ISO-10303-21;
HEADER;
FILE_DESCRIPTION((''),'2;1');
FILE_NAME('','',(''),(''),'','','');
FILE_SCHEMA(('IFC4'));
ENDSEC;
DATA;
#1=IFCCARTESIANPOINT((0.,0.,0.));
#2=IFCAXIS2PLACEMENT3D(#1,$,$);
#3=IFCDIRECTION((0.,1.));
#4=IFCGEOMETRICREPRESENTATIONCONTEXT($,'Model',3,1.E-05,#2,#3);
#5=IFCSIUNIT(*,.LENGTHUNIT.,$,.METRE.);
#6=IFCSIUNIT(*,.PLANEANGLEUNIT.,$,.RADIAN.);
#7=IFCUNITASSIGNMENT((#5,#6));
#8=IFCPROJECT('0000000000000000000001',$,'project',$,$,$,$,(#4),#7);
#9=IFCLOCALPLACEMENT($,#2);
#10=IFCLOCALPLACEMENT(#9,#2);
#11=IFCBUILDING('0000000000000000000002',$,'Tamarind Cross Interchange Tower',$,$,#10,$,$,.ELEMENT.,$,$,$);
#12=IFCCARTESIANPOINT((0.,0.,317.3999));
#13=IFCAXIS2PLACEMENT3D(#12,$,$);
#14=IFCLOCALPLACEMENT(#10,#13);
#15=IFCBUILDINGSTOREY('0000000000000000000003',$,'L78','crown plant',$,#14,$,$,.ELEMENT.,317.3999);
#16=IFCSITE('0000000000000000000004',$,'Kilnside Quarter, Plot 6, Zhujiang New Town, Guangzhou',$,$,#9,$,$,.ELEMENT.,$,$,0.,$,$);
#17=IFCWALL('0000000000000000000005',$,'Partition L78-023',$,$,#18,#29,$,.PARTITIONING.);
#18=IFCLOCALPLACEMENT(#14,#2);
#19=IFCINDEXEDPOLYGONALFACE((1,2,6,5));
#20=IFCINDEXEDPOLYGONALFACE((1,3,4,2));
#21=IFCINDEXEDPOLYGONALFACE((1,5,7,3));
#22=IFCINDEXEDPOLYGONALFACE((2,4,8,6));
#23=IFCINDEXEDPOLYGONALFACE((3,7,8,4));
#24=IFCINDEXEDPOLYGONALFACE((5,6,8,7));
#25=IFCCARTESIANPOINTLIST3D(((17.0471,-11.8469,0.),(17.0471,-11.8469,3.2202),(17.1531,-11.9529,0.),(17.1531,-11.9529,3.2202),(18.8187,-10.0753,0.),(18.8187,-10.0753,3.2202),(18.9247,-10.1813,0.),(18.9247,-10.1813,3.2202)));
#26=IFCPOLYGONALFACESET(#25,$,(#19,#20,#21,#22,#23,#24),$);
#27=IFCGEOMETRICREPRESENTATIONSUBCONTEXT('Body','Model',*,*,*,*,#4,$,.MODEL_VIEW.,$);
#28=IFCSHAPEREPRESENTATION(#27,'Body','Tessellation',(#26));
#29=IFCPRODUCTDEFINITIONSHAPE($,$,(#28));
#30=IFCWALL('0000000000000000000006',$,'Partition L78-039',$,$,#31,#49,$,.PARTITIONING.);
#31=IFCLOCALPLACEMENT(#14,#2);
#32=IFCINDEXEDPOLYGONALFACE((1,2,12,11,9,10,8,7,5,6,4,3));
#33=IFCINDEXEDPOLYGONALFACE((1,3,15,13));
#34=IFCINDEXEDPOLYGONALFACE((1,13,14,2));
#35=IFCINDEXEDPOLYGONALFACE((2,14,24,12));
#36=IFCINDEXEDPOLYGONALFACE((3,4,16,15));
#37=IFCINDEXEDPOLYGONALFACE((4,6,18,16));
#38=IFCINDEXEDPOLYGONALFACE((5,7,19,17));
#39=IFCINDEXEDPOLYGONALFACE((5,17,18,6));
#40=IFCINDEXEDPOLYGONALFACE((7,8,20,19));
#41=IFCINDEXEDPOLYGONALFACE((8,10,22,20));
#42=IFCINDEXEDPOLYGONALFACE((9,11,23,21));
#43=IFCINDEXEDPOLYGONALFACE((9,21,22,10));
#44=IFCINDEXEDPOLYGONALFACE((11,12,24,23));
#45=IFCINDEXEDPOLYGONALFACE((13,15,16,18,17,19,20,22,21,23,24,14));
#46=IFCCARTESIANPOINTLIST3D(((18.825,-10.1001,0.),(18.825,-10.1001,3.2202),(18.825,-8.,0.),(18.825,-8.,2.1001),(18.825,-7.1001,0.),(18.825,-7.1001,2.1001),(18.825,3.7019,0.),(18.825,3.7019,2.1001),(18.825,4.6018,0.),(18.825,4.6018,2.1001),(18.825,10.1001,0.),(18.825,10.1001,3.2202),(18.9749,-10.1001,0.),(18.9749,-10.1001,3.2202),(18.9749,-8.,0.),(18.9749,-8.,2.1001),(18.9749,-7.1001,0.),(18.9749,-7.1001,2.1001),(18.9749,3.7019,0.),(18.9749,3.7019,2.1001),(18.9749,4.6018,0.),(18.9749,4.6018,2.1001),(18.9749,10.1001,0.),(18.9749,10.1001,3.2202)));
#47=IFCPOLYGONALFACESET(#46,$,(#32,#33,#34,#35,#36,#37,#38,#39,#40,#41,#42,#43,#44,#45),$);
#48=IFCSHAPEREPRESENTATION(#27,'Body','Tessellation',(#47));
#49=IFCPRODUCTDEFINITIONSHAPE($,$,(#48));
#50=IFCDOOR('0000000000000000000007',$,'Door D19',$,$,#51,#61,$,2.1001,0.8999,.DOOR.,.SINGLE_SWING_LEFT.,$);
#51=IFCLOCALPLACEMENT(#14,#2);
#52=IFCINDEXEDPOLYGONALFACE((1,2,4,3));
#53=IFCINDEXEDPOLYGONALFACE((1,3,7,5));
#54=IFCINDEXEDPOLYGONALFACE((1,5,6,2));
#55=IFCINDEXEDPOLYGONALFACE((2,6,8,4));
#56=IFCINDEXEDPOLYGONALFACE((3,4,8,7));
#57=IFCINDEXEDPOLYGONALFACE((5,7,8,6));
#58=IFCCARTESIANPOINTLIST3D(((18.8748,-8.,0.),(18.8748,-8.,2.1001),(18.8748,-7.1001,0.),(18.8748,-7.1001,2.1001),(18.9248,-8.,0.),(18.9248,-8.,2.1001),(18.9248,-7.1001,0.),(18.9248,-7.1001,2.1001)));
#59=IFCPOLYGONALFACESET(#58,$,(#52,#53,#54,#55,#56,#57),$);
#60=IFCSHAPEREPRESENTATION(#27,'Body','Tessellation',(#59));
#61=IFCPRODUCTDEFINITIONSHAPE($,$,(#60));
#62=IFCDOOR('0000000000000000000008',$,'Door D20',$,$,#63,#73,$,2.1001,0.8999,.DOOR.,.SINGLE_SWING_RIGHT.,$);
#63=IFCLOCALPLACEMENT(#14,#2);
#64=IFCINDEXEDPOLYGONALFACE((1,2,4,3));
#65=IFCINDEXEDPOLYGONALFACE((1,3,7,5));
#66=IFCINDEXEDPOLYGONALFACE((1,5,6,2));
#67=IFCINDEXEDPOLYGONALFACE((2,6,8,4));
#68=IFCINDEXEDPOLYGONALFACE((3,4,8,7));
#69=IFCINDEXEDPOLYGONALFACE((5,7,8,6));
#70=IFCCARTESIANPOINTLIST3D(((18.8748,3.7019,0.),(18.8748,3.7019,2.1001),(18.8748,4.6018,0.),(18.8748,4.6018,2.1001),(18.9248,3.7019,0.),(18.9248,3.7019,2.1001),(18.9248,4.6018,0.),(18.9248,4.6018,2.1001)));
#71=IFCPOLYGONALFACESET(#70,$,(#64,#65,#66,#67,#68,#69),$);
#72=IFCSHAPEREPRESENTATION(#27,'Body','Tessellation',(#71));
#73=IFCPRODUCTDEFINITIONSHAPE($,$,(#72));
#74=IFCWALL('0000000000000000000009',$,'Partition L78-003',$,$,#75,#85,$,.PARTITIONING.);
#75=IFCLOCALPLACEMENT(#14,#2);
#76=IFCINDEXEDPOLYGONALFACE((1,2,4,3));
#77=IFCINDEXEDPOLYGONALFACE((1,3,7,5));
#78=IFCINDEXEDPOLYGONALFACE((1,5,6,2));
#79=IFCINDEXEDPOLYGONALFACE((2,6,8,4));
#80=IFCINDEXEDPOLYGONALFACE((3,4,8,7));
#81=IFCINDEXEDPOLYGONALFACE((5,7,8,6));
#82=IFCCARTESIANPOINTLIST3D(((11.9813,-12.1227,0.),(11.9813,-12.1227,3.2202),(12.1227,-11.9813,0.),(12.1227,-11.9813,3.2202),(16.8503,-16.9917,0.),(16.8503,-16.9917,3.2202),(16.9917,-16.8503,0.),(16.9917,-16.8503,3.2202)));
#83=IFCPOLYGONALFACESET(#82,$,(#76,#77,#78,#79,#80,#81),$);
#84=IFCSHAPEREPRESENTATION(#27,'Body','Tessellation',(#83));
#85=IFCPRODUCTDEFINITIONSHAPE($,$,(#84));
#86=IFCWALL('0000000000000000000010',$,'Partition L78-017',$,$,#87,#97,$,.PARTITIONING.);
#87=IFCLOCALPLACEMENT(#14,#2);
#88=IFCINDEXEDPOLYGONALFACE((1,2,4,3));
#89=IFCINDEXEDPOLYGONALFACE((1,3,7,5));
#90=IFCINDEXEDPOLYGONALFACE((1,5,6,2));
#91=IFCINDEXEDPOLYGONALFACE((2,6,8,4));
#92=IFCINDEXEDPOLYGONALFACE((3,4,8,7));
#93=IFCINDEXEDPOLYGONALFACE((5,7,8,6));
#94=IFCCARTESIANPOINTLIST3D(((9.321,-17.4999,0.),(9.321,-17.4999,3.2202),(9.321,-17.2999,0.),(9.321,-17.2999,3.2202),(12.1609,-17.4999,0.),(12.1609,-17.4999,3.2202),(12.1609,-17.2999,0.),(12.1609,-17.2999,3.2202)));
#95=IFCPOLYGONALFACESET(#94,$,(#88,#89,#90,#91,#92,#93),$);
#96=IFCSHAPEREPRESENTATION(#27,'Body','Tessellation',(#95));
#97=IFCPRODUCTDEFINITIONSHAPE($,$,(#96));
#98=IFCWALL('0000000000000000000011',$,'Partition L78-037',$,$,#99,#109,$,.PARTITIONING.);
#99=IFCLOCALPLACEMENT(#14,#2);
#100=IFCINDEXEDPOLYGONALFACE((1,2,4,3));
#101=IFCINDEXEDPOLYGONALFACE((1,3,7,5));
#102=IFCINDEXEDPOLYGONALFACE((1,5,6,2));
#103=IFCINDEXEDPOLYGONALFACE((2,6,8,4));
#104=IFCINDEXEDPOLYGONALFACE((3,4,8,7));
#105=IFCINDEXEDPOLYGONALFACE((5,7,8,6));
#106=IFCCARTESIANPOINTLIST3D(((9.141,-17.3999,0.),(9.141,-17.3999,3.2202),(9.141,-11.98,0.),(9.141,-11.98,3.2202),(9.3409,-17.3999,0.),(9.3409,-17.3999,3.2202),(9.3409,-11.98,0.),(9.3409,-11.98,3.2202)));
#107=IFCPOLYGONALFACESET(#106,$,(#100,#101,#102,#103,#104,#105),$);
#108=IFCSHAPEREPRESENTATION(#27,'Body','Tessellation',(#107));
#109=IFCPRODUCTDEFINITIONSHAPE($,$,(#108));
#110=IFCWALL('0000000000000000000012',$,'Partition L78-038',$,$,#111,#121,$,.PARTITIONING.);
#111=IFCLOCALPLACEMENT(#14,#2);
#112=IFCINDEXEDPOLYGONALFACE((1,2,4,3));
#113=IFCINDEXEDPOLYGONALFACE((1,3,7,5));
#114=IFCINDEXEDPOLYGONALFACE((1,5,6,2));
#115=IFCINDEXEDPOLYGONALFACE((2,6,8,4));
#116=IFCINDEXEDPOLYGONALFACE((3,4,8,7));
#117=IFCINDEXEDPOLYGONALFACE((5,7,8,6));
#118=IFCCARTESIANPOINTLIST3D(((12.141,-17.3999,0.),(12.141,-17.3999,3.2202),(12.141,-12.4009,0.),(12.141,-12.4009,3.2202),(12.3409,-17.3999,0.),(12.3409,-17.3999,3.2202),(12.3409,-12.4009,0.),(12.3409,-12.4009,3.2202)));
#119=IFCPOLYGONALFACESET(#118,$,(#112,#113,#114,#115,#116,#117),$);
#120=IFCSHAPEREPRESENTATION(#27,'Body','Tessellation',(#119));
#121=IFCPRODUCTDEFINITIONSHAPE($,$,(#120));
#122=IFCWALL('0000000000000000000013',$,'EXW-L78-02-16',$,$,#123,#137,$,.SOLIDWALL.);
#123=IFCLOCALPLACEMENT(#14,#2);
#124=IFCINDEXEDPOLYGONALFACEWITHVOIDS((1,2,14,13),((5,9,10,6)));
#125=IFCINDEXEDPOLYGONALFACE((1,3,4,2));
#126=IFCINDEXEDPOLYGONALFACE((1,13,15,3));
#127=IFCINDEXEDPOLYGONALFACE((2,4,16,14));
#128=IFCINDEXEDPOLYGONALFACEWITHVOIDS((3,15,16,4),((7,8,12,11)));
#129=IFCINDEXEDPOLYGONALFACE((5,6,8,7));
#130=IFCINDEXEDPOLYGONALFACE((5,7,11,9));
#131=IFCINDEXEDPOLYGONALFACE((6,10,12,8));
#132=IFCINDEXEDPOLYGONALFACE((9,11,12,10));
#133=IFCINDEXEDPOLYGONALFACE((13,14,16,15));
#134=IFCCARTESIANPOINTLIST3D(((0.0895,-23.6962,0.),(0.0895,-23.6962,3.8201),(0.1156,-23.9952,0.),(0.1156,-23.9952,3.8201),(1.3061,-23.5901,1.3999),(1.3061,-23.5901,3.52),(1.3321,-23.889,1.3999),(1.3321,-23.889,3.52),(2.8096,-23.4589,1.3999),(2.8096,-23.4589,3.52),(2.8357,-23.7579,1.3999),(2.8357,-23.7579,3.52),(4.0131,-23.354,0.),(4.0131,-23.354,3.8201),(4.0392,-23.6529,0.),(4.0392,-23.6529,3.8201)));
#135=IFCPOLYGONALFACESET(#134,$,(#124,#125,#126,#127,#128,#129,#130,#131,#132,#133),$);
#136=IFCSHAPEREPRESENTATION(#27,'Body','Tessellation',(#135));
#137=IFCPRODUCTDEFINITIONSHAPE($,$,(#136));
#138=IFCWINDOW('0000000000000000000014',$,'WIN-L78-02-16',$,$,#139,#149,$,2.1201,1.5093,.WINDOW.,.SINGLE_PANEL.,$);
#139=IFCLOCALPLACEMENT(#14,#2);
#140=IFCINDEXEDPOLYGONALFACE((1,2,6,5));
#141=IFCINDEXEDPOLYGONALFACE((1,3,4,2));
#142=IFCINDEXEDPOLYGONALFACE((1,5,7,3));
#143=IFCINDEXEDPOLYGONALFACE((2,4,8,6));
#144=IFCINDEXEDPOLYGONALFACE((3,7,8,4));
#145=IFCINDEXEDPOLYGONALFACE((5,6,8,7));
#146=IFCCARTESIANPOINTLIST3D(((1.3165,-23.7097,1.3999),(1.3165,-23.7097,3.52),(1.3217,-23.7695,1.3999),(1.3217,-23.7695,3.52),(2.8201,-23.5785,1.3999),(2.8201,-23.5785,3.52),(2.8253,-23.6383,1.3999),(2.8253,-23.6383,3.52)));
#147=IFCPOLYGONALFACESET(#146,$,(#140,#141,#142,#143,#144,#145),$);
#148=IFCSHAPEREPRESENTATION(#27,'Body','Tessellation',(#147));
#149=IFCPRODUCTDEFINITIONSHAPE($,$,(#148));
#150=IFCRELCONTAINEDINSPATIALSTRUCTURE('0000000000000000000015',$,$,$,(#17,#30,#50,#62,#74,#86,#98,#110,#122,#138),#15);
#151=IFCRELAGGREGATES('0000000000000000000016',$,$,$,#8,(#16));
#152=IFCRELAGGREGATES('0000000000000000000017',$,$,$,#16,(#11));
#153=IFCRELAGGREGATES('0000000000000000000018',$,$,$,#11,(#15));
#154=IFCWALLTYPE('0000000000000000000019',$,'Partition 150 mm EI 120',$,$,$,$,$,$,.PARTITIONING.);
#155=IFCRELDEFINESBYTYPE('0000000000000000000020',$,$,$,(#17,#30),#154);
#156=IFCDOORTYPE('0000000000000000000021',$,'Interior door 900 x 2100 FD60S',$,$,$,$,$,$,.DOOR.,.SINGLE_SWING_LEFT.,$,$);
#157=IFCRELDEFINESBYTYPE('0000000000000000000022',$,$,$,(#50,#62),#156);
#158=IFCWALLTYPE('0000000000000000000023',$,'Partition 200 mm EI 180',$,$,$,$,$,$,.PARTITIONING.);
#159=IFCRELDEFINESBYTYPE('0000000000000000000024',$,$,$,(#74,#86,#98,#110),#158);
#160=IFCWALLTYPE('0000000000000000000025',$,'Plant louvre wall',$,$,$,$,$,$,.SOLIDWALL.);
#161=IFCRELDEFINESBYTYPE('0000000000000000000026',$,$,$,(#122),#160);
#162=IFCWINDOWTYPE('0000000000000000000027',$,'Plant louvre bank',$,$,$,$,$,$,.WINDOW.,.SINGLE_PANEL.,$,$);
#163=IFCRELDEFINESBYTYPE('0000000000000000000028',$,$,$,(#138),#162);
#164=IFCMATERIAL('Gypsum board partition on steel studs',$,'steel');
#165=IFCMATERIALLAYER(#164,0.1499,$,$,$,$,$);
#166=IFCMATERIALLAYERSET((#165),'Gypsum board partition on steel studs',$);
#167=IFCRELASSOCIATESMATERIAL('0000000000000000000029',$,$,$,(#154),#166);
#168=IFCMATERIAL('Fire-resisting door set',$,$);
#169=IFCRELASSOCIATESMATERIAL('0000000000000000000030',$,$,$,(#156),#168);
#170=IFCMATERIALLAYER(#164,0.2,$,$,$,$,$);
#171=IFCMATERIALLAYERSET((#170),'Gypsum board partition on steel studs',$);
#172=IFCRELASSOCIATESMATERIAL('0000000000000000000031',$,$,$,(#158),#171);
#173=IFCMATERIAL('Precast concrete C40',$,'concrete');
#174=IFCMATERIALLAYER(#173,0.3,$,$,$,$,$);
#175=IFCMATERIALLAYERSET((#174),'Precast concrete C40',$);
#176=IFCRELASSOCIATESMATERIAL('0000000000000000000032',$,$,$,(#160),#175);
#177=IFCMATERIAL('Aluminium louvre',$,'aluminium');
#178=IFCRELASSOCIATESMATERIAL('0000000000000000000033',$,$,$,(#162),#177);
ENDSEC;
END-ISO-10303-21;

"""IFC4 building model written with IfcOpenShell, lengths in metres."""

from ifc_helpers import new_model, si_unit, direction, frame, frame_2d, origin, place, context, subcontext, project, spatial, rectangle, extrude, material, layer, layer_set, type_object, element, fill, save


model = new_model("IFC4")

# Units and contexts
model_context = context("Model", 3, precision=1e-05, world=origin(), true_north=direction((0.0, 1.0)))
body_context = subcontext(model_context, "Body", "Model", "MODEL_VIEW")
ifc_project = project(units=[si_unit("LENGTHUNIT", "METRE"), si_unit("PLANEANGLEUNIT", "RADIAN")], contexts=[model_context])

# Site, building, storey
site_placement = place(None, origin())
site = spatial("IfcSite", under=ifc_project, at=site_placement, Name="Kilnside Quarter, Plot 6, Zhujiang New Town, Guangzhou", CompositionType="ELEMENT", RefElevation=0.0)
building_placement = place(site_placement, origin())
building = spatial("IfcBuilding", under=site, at=building_placement, Name="Tamarind Cross Interchange Tower", CompositionType="ELEMENT")
storey_placement = place(building_placement, frame((0.0, 0.0, 317.3999)))
storey = spatial("IfcBuildingStorey", under=building, at=storey_placement, Name="L78", Description="crown plant", CompositionType="ELEMENT", Elevation=317.3999)

# Wall
ifc_material_1 = material(Name="Gypsum board partition on steel studs", Category="steel")
ifc_layer_1 = layer(ifc_material_1, 0.1499)
ifc_layer_set_1 = layer_set([ifc_layer_1], Name="Gypsum board partition on steel studs")
wall_type_1 = type_object("IfcWallType", Name="Partition 150 mm EI 120", PredefinedType="PARTITIONING", material=ifc_layer_set_1)
wall_1_placement = place(storey_placement, frame((17.1001, -11.8999, 0.0), z_axis=(0.0, 0.0, 1.0), x_axis=(0.707107, 0.707107, 0.0)))
element("IfcWall", 1, at=wall_1_placement, inside=storey, type_object=wall_type_1, Name="Partition L78-023", PredefinedType="PARTITIONING", context=body_context, shape_type="SweptSolid", body=[
    extrude(rectangle(XDim=2.5054, YDim=0.1499, at=frame_2d((1.2527, 0.0))), origin(), (0.0, 0.0, 1.0), 3.2202),
])

# Wall, openings, doors
wall_2_placement = place(storey_placement, frame((18.8999, -10.1001, 0.0), z_axis=(0.0, 0.0, 1.0), x_axis=(0.0, 1.0, 0.0)))
wall_2 = element("IfcWall", 2, at=wall_2_placement, inside=storey, type_object=wall_type_1, Name="Partition L78-039", PredefinedType="PARTITIONING", context=body_context, shape_type="SweptSolid", body=[
    extrude(rectangle(XDim=20.2002, YDim=0.1499, at=frame_2d((10.1001, 0.0))), origin(), (0.0, 0.0, 1.0), 3.2202),
])
opening_1_placement = place(wall_2_placement, frame((2.1001, 0.0, 0.0)))
opening_1 = element("IfcOpeningElement", 3, at=opening_1_placement, cuts=wall_2, PredefinedType="OPENING", context=body_context, shape_type="SweptSolid", body=[
    extrude(rectangle(XDim=0.8999, YDim=2.1001, at=frame_2d((0.45, 1.05))), frame((0.0, 0.085, 0.0), z_axis=(0.0, -1.0, 0.0), x_axis=(1.0, 0.0, 0.0)), (0.0, 0.0, 1.0), 0.1699),
])
opening_2_placement = place(wall_2_placement, frame((13.802, 0.0, 0.0)))
opening_2 = element("IfcOpeningElement", 4, at=opening_2_placement, cuts=wall_2, PredefinedType="OPENING", context=body_context, shape_type="SweptSolid", body=[
    extrude(rectangle(XDim=0.8999, YDim=2.1001, at=frame_2d((0.45, 1.05))), frame((0.0, 0.085, 0.0), z_axis=(0.0, -1.0, 0.0), x_axis=(1.0, 0.0, 0.0)), (0.0, 0.0, 1.0), 0.1699),
])
ifc_material_2 = material(Name="Fire-resisting door set")
door_type = type_object("IfcDoorType", Name="Interior door 900 x 2100 FD60S", OperationType="SINGLE_SWING_LEFT", PredefinedType="DOOR", material=ifc_material_2)
door_1_placement = place(opening_1_placement, frame((0.8999, 0.0, 0.0), z_axis=(0.0, 0.0, 1.0), x_axis=(-1.0, 0.0, 0.0)))
door_1 = element("IfcDoor", 5, at=door_1_placement, inside=storey, type_object=door_type, Name="Door D19", OperationType="SINGLE_SWING_LEFT", OverallHeight=2.1001, OverallWidth=0.8999, PredefinedType="DOOR", context=body_context, shape_type="SweptSolid", body=[
    extrude(rectangle(XDim=0.8999, YDim=2.1001, at=frame_2d((0.45, 1.05))), frame((0.0, 0.0249, 0.0), z_axis=(0.0, -1.0, 0.0), x_axis=(1.0, 0.0, 0.0)), (0.0, 0.0, 1.0), 0.05),
])
fill(opening_1, door_1)
door_2_placement = place(opening_2_placement, frame((0.8999, 0.0, 0.0), z_axis=(0.0, 0.0, 1.0), x_axis=(-1.0, 0.0, 0.0)))
door_2 = element("IfcDoor", 6, at=door_2_placement, inside=storey, type_object=door_type, Name="Door D20", OperationType="SINGLE_SWING_RIGHT", OverallHeight=2.1001, OverallWidth=0.8999, PredefinedType="DOOR", context=body_context, shape_type="SweptSolid", body=[
    extrude(rectangle(XDim=0.8999, YDim=2.1001, at=frame_2d((0.45, 1.05))), frame((0.0, 0.0249, 0.0), z_axis=(0.0, -1.0, 0.0), x_axis=(1.0, 0.0, 0.0)), (0.0, 0.0, 1.0), 0.05),
])
fill(opening_2, door_2)

# Walls
ifc_layer_2 = layer(ifc_material_1, 0.2)
ifc_layer_set_2 = layer_set([ifc_layer_2], Name="Gypsum board partition on steel studs")
wall_type_2 = type_object("IfcWallType", Name="Partition 200 mm EI 180", PredefinedType="PARTITIONING", material=ifc_layer_set_2)
wall_3_placement = place(storey_placement, frame((12.052, -12.052, 0.0), z_axis=(0.0, 0.0, 1.0), x_axis=(0.707107, -0.707107, 0.0)))
element("IfcWall", 7, at=wall_3_placement, inside=storey, type_object=wall_type_2, Name="Partition L78-003", PredefinedType="PARTITIONING", context=body_context, shape_type="SweptSolid", body=[
    extrude(rectangle(XDim=6.8857, YDim=0.2, at=frame_2d((3.4429, 0.0))), origin(), (0.0, 0.0, 1.0), 3.2202),
])
wall_4_placement = place(storey_placement, frame((9.321, -17.3999, 0.0), z_axis=(0.0, 0.0, 1.0), x_axis=(1.0, 0.0, 0.0)))
element("IfcWall", 8, at=wall_4_placement, inside=storey, type_object=wall_type_2, Name="Partition L78-017", PredefinedType="PARTITIONING", context=body_context, shape_type="SweptSolid", body=[
    extrude(rectangle(XDim=2.8398, YDim=0.2, at=frame_2d((1.4199, 0.0))), origin(), (0.0, 0.0, 1.0), 3.2202),
])
wall_5_placement = place(storey_placement, frame((9.241, -17.3999, 0.0), z_axis=(0.0, 0.0, 1.0), x_axis=(0.0, 1.0, 0.0)))
element("IfcWall", 9, at=wall_5_placement, inside=storey, type_object=wall_type_2, Name="Partition L78-037", PredefinedType="PARTITIONING", context=body_context, shape_type="SweptSolid", body=[
    extrude(rectangle(XDim=5.4199, YDim=0.2, at=frame_2d((2.71, 0.0))), origin(), (0.0, 0.0, 1.0), 3.2202),
])
wall_6_placement = place(storey_placement, frame((12.241, -17.3999, 0.0), z_axis=(0.0, 0.0, 1.0), x_axis=(0.0, 1.0, 0.0)))
element("IfcWall", 10, at=wall_6_placement, inside=storey, type_object=wall_type_2, Name="Partition L78-038", PredefinedType="PARTITIONING", context=body_context, shape_type="SweptSolid", body=[
    extrude(rectangle(XDim=4.999, YDim=0.2, at=frame_2d((2.4995, 0.0))), origin(), (0.0, 0.0, 1.0), 3.2202),
])

# Wall, opening, window
ifc_material_3 = material(Name="Precast concrete C40", Category="concrete")
ifc_layer_3 = layer(ifc_material_3, 0.3)
ifc_layer_set_3 = layer_set([ifc_layer_3], Name="Precast concrete C40")
wall_type_3 = type_object("IfcWallType", Name="Plant louvre wall", PredefinedType="SOLIDWALL", material=ifc_layer_set_3)
wall_7_placement = place(storey_placement, frame((0.1025, -23.8457, 0.0), z_axis=(0.0, 0.0, 1.0), x_axis=(0.996216, 0.086908, 0.0)))
wall_7 = element("IfcWall", 11, at=wall_7_placement, inside=storey, type_object=wall_type_3, Name="EXW-L78-02-16", PredefinedType="SOLIDWALL", context=body_context, shape_type="SweptSolid", body=[
    extrude(rectangle(XDim=3.9385, YDim=0.3, at=frame_2d((1.9692, 0.0))), origin(), (0.0, 0.0, 1.0), 3.8201),
])
opening_3_placement = place(wall_7_placement, frame((1.2212, 0.0, 1.3999)))
opening_3 = element("IfcOpeningElement", 12, at=opening_3_placement, cuts=wall_7, PredefinedType="OPENING", context=body_context, shape_type="SweptSolid", body=[
    extrude(rectangle(XDim=1.5093, YDim=2.1201, at=frame_2d((0.7546, 1.0601))), frame((0.0, 0.1599, 0.0), z_axis=(0.0, -1.0, 0.0), x_axis=(1.0, 0.0, 0.0)), (0.0, 0.0, 1.0), 0.3201),
])
ifc_material_4 = material(Name="Aluminium louvre", Category="aluminium")
window_type = type_object("IfcWindowType", Name="Plant louvre bank", PartitioningType="SINGLE_PANEL", PredefinedType="WINDOW", material=ifc_material_4)
window_1_placement = place(opening_3_placement, origin())
window_1 = element("IfcWindow", 13, at=window_1_placement, inside=storey, type_object=window_type, Name="WIN-L78-02-16", OverallHeight=2.1201, OverallWidth=1.5093, PartitioningType="SINGLE_PANEL", PredefinedType="WINDOW", context=body_context, shape_type="SweptSolid", body=[
    extrude(rectangle(XDim=1.5093, YDim=2.1201, at=frame_2d((0.7546, 1.0601))), frame((0.0, 0.03, 0.0), z_axis=(0.0, -1.0, 0.0), x_axis=(1.0, 0.0, 0.0)), (0.0, 0.0, 1.0), 0.0601),
])
fill(opening_3, window_1)

save(model, "model.ifc")
